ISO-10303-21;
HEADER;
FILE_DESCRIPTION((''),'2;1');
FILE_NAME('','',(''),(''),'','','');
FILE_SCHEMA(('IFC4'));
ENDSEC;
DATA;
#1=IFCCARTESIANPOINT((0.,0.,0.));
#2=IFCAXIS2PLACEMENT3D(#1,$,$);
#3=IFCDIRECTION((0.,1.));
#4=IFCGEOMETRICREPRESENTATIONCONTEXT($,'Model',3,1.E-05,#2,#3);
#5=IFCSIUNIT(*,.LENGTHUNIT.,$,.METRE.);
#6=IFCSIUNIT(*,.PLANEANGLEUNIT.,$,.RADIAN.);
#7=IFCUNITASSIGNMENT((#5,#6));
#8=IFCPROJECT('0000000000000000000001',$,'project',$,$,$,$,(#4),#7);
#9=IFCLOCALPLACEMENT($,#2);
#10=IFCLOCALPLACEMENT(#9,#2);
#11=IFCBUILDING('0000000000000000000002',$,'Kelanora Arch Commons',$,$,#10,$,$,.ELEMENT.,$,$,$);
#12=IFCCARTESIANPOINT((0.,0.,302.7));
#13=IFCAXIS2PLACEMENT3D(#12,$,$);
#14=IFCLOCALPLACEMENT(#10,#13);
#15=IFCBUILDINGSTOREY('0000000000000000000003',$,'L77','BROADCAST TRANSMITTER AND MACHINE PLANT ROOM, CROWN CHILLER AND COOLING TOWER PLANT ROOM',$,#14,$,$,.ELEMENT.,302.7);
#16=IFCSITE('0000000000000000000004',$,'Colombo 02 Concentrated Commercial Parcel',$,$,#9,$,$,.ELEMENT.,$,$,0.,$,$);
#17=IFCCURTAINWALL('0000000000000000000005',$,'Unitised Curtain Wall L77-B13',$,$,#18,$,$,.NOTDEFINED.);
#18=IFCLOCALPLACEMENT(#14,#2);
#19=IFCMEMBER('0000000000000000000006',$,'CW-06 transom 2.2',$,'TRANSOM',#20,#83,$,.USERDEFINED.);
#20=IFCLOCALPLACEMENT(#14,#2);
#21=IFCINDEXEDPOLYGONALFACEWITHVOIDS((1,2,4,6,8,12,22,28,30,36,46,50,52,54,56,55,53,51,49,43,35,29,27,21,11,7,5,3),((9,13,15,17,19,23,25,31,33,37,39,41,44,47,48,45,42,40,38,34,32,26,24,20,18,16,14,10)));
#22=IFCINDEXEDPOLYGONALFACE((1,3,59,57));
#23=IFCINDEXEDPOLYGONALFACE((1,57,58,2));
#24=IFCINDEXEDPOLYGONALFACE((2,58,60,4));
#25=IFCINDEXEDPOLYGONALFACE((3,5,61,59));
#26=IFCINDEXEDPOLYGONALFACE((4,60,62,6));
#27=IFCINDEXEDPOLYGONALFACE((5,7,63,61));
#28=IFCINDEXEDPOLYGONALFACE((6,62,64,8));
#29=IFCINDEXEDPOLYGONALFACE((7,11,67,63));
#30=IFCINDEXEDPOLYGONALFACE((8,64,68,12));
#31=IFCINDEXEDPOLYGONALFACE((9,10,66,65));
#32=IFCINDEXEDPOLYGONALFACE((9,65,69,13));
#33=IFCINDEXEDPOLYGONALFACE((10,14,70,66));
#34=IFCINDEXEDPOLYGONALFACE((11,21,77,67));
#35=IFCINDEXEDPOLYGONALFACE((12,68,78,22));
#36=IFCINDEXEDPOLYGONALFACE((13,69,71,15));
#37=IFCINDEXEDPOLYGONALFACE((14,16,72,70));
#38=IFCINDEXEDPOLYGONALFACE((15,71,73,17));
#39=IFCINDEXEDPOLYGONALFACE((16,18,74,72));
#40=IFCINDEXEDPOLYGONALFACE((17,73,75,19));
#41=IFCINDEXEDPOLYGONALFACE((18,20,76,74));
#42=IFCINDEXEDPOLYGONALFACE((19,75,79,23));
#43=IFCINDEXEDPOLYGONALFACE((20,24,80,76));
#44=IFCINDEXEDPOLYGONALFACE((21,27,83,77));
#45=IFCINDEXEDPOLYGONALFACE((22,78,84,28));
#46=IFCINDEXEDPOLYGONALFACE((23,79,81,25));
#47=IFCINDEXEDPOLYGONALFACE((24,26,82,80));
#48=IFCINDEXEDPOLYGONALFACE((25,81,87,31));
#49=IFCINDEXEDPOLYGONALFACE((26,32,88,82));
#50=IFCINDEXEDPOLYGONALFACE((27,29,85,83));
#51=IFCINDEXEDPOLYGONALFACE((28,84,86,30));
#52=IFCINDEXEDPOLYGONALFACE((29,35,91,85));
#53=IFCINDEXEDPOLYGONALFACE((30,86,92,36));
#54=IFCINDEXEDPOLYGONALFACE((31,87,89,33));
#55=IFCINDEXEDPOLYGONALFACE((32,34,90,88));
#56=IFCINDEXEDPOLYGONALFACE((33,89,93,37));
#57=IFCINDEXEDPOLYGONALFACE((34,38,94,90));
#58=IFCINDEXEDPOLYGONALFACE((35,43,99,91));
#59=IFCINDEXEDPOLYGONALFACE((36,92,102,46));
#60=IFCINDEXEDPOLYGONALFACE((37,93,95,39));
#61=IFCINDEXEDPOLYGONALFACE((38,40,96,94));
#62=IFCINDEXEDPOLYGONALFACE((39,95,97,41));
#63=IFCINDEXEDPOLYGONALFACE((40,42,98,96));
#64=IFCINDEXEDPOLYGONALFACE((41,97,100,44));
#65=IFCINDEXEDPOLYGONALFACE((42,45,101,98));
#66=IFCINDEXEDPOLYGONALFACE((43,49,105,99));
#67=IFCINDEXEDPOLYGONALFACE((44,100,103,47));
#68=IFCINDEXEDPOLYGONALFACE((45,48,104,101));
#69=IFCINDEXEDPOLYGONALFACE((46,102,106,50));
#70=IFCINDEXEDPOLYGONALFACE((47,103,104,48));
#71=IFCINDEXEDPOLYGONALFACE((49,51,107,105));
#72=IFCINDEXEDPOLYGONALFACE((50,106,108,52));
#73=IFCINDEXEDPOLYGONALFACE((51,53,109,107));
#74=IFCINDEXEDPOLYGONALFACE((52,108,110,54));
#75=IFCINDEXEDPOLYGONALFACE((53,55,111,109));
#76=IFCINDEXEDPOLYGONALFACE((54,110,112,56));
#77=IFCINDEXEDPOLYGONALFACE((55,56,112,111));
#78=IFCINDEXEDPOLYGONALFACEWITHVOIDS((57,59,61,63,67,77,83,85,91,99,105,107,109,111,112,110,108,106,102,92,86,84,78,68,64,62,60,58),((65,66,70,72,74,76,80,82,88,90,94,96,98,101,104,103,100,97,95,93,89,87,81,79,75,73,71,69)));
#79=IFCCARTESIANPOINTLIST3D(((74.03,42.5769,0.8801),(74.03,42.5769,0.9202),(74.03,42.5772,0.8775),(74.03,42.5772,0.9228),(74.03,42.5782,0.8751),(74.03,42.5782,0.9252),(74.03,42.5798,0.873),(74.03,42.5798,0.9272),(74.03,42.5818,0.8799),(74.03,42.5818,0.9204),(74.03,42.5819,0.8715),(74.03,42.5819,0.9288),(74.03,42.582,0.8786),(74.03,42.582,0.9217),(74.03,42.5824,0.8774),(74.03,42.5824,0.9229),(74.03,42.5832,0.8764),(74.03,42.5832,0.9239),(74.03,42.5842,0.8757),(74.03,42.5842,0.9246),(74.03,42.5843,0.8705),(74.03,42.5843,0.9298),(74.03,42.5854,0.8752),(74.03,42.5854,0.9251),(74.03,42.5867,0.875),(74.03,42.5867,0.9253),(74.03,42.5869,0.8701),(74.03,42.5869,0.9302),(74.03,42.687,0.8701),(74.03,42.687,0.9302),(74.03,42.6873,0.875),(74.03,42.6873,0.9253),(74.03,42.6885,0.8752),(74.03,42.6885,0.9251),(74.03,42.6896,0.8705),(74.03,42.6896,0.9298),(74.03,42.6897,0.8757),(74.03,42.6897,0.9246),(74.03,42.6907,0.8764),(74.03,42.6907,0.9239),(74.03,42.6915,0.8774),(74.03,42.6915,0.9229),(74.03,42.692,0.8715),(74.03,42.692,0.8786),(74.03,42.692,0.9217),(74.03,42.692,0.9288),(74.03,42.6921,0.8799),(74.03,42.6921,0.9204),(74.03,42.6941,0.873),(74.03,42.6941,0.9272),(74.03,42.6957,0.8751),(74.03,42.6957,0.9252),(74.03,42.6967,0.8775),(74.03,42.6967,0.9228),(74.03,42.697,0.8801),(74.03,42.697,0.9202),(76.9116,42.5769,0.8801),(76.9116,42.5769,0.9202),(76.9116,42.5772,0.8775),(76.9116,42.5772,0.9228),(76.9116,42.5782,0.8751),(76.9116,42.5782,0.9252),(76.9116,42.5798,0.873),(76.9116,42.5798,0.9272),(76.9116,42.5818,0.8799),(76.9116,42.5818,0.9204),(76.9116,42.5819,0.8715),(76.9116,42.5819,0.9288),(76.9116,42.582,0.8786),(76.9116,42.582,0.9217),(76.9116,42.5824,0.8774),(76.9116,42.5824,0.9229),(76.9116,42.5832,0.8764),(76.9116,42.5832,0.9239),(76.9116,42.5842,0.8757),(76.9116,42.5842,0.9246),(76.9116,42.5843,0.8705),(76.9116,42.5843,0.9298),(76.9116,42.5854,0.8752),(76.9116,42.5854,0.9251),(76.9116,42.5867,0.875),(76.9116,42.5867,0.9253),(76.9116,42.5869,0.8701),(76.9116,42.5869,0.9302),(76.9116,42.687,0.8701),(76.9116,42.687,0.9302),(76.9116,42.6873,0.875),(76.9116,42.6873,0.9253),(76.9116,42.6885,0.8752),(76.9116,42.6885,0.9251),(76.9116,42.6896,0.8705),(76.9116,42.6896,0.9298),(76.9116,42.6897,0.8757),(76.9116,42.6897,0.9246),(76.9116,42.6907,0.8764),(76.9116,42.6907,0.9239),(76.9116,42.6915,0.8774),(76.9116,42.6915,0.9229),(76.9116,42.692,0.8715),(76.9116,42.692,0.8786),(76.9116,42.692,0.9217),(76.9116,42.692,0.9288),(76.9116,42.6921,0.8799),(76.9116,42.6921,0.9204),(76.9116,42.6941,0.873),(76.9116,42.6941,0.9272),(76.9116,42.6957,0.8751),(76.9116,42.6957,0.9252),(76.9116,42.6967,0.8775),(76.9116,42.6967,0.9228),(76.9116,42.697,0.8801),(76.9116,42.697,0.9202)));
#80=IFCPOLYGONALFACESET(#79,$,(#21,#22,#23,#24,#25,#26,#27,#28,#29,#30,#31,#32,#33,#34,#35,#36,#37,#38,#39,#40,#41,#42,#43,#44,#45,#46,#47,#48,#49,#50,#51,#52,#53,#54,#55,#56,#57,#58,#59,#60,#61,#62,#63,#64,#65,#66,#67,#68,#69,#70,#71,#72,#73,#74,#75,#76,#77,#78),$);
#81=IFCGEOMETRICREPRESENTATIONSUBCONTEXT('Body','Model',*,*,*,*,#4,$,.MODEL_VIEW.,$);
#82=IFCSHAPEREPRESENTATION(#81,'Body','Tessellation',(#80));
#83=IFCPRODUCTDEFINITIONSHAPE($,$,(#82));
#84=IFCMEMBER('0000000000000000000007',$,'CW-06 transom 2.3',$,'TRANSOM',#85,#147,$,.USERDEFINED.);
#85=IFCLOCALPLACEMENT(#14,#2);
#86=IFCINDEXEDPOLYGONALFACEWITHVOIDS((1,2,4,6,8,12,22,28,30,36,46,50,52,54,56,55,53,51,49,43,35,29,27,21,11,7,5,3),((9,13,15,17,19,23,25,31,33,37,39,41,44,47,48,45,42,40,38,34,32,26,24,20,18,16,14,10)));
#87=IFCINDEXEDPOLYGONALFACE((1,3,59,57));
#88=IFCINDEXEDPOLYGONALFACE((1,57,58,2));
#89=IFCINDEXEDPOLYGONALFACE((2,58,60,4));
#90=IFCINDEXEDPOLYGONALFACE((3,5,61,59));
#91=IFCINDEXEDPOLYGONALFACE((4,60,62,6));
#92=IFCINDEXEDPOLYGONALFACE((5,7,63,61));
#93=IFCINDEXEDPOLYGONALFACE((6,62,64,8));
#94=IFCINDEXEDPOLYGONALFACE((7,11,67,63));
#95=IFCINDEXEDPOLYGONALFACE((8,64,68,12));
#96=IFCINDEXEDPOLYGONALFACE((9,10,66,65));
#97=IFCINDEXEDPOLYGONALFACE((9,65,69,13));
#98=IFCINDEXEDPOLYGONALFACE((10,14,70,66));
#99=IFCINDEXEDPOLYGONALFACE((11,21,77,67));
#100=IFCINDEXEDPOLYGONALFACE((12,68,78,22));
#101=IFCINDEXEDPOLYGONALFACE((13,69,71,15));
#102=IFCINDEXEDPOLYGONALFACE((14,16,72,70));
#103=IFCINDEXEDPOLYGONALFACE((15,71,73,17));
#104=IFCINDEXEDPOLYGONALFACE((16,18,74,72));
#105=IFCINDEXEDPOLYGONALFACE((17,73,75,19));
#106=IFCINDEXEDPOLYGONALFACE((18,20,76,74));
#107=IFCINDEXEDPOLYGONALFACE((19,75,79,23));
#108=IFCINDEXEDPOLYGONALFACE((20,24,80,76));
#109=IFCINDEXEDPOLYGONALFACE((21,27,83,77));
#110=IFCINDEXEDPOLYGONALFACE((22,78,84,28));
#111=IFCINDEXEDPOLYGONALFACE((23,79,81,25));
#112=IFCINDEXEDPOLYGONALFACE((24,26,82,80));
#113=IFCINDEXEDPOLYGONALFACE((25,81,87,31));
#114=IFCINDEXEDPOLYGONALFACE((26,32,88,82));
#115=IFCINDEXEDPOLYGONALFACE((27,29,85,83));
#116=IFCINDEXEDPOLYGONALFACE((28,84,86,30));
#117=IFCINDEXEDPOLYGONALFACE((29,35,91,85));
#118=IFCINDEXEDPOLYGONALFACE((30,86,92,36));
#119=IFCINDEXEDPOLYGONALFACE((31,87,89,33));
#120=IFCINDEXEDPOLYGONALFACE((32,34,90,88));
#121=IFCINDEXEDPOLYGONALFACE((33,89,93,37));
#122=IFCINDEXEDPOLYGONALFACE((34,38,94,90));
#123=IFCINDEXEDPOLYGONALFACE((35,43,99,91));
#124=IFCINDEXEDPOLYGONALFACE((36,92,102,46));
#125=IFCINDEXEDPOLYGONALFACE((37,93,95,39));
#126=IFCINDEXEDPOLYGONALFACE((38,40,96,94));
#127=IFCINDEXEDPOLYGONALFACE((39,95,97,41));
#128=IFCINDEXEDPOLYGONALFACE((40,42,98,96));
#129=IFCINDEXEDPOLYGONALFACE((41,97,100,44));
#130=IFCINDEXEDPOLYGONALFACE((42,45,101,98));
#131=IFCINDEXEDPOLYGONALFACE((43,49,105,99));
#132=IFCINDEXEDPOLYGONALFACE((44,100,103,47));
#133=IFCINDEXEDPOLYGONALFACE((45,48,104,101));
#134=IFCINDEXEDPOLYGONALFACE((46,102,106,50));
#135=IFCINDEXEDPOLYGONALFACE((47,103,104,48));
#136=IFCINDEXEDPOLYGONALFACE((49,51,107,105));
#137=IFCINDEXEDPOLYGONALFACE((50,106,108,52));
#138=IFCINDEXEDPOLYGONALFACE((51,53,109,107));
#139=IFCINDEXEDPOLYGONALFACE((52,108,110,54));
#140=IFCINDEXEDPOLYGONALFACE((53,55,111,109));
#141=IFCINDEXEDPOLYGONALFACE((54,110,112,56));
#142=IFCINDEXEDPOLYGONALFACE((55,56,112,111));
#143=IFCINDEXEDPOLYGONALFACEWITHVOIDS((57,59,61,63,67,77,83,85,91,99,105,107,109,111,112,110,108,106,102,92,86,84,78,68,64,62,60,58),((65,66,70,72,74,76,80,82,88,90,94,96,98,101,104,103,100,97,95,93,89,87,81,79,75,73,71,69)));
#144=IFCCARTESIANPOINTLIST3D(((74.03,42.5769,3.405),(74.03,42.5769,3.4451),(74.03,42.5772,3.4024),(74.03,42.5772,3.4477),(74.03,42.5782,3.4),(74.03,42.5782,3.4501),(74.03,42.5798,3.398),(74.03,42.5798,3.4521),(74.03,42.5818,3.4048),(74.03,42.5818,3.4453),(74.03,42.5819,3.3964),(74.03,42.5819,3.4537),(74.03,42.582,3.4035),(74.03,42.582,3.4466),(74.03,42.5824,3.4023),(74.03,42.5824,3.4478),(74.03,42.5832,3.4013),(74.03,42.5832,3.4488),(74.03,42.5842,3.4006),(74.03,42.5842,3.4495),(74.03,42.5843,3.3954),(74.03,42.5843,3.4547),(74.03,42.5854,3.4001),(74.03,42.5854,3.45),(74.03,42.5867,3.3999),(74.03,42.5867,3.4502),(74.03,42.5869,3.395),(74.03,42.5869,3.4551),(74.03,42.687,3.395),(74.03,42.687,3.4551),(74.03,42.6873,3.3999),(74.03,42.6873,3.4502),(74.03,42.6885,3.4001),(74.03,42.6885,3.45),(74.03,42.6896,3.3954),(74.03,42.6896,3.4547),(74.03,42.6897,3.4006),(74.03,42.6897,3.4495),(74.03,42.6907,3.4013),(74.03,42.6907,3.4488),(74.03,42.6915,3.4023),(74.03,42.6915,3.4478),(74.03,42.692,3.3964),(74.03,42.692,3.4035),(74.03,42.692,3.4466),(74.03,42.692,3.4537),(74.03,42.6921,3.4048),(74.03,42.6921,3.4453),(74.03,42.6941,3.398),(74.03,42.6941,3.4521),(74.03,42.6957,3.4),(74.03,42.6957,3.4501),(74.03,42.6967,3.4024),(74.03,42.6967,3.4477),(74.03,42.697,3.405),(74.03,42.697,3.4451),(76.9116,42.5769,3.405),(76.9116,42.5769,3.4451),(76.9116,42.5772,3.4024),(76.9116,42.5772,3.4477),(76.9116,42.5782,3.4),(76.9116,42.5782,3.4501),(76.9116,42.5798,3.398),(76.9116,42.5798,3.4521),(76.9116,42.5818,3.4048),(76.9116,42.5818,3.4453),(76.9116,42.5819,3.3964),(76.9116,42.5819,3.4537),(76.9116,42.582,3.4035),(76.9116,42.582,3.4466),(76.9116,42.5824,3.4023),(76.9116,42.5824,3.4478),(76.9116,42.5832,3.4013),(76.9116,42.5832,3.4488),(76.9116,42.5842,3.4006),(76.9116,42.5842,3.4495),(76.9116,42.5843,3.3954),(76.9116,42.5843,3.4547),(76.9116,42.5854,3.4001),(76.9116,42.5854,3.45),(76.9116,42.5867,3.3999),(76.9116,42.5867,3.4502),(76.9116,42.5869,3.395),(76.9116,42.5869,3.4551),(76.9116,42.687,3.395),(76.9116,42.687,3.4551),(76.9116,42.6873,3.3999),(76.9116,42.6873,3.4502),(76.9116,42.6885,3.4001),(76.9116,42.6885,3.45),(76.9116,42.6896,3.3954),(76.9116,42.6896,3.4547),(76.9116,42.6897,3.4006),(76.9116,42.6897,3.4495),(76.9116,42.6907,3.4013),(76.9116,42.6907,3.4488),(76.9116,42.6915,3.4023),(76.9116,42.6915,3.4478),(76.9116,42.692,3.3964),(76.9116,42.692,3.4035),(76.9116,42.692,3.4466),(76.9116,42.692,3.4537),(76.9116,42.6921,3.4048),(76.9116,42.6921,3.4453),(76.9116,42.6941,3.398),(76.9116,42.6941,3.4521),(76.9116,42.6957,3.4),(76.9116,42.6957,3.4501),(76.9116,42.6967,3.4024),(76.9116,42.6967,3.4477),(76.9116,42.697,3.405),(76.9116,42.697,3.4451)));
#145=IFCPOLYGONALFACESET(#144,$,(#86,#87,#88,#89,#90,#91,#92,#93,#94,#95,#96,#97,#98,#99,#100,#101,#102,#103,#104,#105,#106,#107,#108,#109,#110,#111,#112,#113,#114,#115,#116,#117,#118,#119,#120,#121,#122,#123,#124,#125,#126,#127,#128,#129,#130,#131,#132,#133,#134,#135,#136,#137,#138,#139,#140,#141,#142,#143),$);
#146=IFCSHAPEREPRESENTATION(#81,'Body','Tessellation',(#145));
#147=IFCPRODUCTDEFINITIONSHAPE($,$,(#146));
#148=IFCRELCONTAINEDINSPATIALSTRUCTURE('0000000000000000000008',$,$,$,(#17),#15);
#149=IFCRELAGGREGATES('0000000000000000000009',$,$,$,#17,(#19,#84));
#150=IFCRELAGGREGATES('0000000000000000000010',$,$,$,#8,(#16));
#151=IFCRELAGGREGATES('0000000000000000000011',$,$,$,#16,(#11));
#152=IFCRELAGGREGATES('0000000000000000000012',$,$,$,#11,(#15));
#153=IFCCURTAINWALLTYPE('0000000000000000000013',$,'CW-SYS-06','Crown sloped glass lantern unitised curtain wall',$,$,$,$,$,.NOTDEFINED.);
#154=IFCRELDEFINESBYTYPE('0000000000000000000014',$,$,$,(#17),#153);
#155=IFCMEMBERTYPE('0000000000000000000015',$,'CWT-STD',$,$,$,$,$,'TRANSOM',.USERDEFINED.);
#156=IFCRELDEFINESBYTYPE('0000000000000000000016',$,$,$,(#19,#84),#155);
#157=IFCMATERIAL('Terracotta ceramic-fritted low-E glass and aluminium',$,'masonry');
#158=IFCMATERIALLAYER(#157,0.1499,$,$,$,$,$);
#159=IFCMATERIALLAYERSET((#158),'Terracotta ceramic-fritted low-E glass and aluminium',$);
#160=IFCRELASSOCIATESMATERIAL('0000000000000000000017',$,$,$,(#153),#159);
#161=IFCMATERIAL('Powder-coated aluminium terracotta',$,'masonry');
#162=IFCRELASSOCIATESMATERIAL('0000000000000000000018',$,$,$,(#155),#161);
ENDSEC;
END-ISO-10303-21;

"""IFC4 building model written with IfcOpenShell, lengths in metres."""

from ifc_helpers import new_model, si_unit, direction, frame, origin, origin_2d, place, context, subcontext, project, spatial, hollow_rectangle, extrude, material, layer, layer_set, material_profile, profile_set, type_object, element, aggregate, save


model = new_model("IFC4")

# Units and contexts
model_context = context("Model", 3, precision=1e-05, world=origin(), true_north=direction((0.0, 1.0)))
body_context = subcontext(model_context, "Body", "Model", "MODEL_VIEW")
ifc_project = project(units=[si_unit("LENGTHUNIT", "METRE"), si_unit("PLANEANGLEUNIT", "RADIAN")], contexts=[model_context])

# Site, building, storey
site_placement = place(None, origin())
site = spatial("IfcSite", under=ifc_project, at=site_placement, Name="Colombo 02 Concentrated Commercial Parcel", CompositionType="ELEMENT", RefElevation=0.0)
building_placement = place(site_placement, origin())
building = spatial("IfcBuilding", under=site, at=building_placement, Name="Kelanora Arch Commons", CompositionType="ELEMENT")
storey_placement = place(building_placement, frame((0.0, 0.0, 302.7)))
storey = spatial("IfcBuildingStorey", under=building, at=storey_placement, Name="L77", Description="BROADCAST TRANSMITTER AND MACHINE PLANT ROOM, CROWN CHILLER AND COOLING TOWER PLANT ROOM", CompositionType="ELEMENT", Elevation=302.7)

# Curtain wall
ifc_material_1 = material(Name="Terracotta ceramic-fritted low-E glass and aluminium", Category="masonry")
ifc_layer_1 = layer(ifc_material_1, 0.1499)
ifc_layer_set_1 = layer_set([ifc_layer_1], Name="Terracotta ceramic-fritted low-E glass and aluminium")
curtain_wall_type = type_object("IfcCurtainWallType", Name="CW-SYS-06", Description="Crown sloped glass lantern unitised curtain wall", PredefinedType="NOTDEFINED", material=ifc_layer_set_1)
curtain_wall_1_placement = place(storey_placement, origin())
curtain_wall_1 = element("IfcCurtainWall", 1, at=curtain_wall_1_placement, inside=storey, type_object=curtain_wall_type, Name="Unitised Curtain Wall L77-B13", PredefinedType="NOTDEFINED")
ifc_material_2 = material(Name="Powder-coated aluminium terracotta", Category="masonry")

# Members
ifc_material_profile_1 = material_profile(ifc_material_2, hollow_rectangle(XDim=0.1201, YDim=0.0601, WallThickness=0.0049, InnerFilletRadius=0.0049, OuterFilletRadius=0.01, at=origin_2d()), Name="CWT120x60")
ifc_profile_set_1 = profile_set([ifc_material_profile_1], Name="Powder-coated aluminium terracotta")
member_type_1 = type_object("IfcMemberType", Name="CWT-STD", ElementType="TRANSOM", PredefinedType="USERDEFINED", material=ifc_profile_set_1)
member_1_placement = place(storey_placement, frame((74.03, 42.637, 0.9001), z_axis=(1.0, 0.0, 0.0), x_axis=(0.0, 1.0, 0.0)))
member_1 = element("IfcMember", 2, at=member_1_placement, type_object=member_type_1, Name="CW-06 transom 2.2", ObjectType="TRANSOM", PredefinedType="USERDEFINED", context=body_context, shape_type="SweptSolid", body=[
    extrude(hollow_rectangle(XDim=0.1201, YDim=0.0601, WallThickness=0.0049, InnerFilletRadius=0.0049, OuterFilletRadius=0.01, at=origin_2d()), origin(), (0.0, 0.0, 1.0), 2.8816),
])
member_2_placement = place(storey_placement, frame((74.03, 42.637, 3.425), z_axis=(1.0, 0.0, 0.0), x_axis=(0.0, 1.0, 0.0)))
member_2 = element("IfcMember", 3, at=member_2_placement, type_object=member_type_1, Name="CW-06 transom 2.3", ObjectType="TRANSOM", PredefinedType="USERDEFINED", context=body_context, shape_type="SweptSolid", body=[
    extrude(hollow_rectangle(XDim=0.1201, YDim=0.0601, WallThickness=0.0049, InnerFilletRadius=0.0049, OuterFilletRadius=0.01, at=origin_2d()), origin(), (0.0, 0.0, 1.0), 2.8816),
])

aggregate(curtain_wall_1, [member_1, member_2])

save(model, "model.ifc")
